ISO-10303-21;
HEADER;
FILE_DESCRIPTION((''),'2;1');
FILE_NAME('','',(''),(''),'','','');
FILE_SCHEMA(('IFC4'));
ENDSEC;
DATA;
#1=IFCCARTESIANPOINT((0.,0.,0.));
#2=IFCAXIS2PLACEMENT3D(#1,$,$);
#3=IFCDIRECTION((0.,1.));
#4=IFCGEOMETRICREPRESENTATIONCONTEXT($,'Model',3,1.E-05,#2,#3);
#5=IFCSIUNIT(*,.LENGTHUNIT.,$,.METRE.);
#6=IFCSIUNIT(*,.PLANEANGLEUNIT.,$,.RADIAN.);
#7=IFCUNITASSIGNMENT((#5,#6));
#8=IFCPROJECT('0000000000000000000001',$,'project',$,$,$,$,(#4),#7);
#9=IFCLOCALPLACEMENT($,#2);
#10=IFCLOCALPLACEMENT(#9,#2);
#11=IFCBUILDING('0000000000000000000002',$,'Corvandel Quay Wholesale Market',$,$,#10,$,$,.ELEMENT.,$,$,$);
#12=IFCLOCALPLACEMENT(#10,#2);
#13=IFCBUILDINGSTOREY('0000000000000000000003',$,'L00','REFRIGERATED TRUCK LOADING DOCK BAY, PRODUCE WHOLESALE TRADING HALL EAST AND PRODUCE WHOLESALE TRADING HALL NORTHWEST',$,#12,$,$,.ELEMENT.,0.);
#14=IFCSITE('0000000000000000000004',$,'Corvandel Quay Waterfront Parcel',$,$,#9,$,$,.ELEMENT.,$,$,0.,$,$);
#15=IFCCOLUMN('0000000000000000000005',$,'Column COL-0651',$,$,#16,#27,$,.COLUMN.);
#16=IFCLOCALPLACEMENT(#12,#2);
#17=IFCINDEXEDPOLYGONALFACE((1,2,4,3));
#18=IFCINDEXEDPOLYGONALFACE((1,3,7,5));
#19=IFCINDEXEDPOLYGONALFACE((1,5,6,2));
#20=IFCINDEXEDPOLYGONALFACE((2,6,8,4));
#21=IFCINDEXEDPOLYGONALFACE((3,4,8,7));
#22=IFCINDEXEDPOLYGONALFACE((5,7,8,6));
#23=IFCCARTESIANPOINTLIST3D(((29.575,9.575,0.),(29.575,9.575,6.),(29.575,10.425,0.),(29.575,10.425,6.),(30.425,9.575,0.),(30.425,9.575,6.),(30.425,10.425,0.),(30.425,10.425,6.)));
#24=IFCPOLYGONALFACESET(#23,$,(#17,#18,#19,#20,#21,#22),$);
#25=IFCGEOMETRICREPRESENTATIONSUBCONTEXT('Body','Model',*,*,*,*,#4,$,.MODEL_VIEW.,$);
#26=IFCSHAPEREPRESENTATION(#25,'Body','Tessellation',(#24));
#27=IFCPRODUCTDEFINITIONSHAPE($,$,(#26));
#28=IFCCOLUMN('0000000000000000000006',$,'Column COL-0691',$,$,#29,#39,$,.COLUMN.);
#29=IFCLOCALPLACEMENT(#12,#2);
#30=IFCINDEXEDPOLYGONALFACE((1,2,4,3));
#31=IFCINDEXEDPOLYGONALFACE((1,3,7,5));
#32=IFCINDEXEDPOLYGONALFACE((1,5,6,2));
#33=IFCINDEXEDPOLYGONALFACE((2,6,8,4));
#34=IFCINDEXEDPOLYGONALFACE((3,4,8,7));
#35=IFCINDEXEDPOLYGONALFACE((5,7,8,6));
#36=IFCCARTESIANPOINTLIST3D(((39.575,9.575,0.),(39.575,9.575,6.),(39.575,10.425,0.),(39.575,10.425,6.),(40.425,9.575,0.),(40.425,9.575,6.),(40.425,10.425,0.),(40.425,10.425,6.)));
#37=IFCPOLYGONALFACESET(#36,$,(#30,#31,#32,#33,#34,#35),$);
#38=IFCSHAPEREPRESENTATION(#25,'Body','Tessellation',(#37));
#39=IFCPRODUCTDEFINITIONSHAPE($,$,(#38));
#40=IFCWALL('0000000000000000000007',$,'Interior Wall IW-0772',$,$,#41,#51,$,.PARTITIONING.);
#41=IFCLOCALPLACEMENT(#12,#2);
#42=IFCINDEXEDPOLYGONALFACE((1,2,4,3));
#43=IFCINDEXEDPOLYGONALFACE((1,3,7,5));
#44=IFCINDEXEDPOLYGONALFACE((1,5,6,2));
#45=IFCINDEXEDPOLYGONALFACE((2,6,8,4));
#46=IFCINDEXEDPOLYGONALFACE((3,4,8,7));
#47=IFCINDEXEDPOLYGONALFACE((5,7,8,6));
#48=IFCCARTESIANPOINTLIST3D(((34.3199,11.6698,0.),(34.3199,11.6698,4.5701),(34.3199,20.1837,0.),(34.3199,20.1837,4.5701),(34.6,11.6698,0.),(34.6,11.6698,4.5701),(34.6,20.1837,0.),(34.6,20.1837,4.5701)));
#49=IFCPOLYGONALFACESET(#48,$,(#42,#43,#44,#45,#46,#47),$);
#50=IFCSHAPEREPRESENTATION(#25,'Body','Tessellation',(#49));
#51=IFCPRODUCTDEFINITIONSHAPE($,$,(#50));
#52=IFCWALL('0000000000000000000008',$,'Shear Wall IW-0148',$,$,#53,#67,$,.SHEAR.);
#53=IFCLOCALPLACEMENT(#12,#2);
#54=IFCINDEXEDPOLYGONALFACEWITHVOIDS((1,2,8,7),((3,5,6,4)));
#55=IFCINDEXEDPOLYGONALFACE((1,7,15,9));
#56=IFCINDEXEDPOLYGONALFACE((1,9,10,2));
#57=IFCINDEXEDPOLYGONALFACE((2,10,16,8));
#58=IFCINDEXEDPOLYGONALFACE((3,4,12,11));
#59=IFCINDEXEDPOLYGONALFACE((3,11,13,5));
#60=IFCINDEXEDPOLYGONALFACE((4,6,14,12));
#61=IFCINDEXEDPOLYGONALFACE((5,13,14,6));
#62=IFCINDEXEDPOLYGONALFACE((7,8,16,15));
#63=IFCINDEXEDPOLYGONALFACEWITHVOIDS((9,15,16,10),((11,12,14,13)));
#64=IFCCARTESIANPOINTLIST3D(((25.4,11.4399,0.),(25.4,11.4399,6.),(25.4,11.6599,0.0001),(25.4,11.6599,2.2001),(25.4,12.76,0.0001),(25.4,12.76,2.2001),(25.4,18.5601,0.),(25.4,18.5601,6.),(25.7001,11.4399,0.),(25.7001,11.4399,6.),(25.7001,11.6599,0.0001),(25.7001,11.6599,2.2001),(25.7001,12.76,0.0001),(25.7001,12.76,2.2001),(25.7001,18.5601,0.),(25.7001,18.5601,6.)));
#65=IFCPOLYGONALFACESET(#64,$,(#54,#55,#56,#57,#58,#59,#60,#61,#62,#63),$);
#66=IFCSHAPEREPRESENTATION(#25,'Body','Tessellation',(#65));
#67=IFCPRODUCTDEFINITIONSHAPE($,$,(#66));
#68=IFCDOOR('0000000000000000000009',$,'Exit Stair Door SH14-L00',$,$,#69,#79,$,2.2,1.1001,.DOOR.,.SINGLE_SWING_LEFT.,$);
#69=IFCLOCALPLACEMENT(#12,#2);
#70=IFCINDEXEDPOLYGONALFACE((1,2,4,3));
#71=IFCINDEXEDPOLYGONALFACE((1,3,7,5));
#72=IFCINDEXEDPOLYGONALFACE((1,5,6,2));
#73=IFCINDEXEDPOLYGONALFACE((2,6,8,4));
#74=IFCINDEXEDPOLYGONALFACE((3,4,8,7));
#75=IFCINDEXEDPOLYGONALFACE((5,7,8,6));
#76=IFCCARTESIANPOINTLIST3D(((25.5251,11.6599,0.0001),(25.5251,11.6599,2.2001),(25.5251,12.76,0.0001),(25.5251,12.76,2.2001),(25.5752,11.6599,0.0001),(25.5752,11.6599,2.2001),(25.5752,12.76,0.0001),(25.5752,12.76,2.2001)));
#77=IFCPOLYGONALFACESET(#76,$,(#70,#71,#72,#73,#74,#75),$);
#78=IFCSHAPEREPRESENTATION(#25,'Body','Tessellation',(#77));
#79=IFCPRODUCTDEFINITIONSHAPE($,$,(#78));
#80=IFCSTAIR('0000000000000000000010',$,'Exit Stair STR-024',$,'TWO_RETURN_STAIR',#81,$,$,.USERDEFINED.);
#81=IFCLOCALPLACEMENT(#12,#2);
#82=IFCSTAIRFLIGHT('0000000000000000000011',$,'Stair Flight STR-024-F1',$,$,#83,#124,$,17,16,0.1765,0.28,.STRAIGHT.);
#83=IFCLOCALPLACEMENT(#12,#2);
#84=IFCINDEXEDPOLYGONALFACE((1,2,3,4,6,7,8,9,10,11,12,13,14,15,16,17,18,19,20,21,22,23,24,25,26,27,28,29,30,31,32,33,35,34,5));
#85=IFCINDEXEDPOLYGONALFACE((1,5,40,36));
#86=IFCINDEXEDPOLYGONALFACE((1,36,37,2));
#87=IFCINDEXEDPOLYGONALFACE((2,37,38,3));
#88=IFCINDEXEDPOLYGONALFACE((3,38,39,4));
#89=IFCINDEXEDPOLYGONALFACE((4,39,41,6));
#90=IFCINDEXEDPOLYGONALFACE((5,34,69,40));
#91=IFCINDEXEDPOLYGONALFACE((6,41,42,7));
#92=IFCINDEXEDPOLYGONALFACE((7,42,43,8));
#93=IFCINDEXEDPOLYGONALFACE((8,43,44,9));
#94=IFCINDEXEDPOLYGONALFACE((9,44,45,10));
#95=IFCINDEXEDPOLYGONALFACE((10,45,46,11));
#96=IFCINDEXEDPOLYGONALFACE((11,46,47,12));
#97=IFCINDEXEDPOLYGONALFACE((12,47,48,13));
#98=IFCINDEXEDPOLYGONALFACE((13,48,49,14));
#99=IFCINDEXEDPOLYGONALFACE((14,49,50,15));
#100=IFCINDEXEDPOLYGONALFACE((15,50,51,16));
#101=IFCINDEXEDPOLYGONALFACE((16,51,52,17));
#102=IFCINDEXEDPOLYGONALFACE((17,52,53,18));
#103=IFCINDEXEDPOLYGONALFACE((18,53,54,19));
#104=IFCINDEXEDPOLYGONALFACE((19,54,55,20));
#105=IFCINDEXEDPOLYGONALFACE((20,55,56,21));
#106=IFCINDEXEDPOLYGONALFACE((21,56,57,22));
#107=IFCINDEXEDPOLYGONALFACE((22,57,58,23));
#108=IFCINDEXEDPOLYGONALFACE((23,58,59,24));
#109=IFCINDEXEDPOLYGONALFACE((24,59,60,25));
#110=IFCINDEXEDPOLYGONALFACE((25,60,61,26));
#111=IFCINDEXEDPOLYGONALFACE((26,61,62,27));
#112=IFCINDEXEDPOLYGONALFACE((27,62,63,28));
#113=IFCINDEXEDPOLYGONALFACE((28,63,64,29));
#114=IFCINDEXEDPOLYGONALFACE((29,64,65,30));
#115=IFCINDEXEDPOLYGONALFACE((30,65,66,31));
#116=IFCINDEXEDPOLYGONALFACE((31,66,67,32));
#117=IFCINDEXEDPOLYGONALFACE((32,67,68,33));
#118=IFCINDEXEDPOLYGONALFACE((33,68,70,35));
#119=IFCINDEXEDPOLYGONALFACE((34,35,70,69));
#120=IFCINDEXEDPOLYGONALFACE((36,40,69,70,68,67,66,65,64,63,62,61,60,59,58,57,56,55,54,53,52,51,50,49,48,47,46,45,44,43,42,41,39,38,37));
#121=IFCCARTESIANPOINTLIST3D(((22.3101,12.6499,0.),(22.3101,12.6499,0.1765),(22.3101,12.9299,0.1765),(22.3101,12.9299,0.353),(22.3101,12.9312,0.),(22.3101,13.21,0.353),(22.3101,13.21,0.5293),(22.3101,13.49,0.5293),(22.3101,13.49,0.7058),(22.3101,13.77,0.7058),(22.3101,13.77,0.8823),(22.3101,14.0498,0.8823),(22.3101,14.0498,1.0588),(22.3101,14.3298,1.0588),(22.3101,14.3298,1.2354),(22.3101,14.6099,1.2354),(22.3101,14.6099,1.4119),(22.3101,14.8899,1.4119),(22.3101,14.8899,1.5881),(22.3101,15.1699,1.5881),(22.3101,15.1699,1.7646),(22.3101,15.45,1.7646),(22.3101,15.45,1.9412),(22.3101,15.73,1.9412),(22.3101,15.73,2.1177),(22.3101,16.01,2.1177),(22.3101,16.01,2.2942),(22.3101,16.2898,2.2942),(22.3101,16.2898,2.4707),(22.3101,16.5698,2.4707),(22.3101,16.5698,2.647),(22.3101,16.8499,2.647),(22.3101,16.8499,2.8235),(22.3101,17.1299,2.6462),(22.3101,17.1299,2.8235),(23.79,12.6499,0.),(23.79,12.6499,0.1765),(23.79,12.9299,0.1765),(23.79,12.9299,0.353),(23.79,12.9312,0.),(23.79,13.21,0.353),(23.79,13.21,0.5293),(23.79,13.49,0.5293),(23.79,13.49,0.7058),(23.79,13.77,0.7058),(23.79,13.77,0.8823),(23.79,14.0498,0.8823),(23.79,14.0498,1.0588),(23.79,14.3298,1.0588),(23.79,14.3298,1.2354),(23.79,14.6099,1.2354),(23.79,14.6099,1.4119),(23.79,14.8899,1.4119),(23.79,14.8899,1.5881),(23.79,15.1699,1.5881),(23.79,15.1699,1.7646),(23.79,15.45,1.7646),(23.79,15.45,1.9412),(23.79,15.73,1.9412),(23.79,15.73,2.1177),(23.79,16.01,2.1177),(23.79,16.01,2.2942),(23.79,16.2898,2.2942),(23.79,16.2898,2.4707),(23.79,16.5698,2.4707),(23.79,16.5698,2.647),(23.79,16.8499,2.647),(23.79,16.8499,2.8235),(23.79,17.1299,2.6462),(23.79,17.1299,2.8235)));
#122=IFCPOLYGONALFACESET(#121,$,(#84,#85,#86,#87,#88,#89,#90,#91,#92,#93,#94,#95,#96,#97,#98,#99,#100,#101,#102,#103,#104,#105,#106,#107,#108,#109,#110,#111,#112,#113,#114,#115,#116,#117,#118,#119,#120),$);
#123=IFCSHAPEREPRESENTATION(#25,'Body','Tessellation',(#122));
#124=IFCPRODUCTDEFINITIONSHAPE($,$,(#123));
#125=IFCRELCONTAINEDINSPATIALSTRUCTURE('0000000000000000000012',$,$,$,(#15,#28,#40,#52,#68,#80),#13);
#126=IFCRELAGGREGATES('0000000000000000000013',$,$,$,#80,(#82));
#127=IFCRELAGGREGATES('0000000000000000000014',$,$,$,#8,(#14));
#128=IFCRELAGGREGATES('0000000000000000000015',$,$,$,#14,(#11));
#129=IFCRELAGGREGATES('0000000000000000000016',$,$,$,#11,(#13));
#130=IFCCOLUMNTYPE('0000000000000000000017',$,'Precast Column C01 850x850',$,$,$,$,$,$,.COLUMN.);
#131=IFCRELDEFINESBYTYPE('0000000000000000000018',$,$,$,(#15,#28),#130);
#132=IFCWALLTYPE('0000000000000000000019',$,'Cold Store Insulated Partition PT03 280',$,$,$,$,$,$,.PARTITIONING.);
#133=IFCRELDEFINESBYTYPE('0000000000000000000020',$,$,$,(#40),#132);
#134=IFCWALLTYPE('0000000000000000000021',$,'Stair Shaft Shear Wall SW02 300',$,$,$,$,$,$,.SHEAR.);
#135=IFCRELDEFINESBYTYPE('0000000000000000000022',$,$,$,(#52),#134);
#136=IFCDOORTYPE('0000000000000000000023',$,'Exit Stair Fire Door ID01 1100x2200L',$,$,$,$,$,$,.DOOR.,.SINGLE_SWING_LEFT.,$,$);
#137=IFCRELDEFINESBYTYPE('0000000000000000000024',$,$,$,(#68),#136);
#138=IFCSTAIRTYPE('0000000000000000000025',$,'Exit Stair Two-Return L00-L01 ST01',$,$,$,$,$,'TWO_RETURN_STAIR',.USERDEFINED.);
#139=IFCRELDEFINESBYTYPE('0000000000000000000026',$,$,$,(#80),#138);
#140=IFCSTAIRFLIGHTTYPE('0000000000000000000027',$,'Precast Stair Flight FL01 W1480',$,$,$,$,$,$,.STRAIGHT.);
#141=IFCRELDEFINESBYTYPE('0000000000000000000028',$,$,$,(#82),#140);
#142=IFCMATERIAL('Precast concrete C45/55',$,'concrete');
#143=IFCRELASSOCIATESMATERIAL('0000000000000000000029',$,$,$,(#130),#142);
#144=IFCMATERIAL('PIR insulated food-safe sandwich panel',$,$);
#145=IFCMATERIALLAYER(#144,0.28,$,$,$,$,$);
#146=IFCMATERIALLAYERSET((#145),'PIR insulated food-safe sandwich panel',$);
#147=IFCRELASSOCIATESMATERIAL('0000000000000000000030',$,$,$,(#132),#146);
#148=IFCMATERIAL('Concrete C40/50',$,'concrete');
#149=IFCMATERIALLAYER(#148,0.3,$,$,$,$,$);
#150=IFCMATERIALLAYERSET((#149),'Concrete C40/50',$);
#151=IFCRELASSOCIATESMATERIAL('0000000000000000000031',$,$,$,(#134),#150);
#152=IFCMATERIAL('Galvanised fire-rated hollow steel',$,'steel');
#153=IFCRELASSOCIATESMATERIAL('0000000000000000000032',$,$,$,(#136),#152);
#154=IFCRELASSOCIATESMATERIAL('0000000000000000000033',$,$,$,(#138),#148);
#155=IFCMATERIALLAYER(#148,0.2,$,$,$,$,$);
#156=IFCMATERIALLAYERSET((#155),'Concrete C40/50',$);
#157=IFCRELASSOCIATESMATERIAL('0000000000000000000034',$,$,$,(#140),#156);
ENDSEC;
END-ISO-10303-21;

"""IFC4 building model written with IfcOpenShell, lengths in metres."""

from ifc_helpers import new_model, si_unit, direction, frame, frame_2d, origin, origin_2d, place, context, subcontext, project, spatial, polyline, rectangle, outline, extrude, material, layer, layer_set, material_profile, profile_set, type_object, element, fill, aggregate, save


model = new_model("IFC4")

# Units and contexts
model_context = context("Model", 3, precision=1e-05, world=origin(), true_north=direction((0.0, 1.0)))
body_context = subcontext(model_context, "Body", "Model", "MODEL_VIEW")
ifc_project = project(units=[si_unit("LENGTHUNIT", "METRE"), si_unit("PLANEANGLEUNIT", "RADIAN")], contexts=[model_context])

# Site, building, storey
site_placement = place(None, origin())
site = spatial("IfcSite", under=ifc_project, at=site_placement, Name="Corvandel Quay Waterfront Parcel", CompositionType="ELEMENT", RefElevation=0.0)
building_placement = place(site_placement, origin())
building = spatial("IfcBuilding", under=site, at=building_placement, Name="Corvandel Quay Wholesale Market", CompositionType="ELEMENT")
storey_placement = place(building_placement, origin())
storey = spatial("IfcBuildingStorey", under=building, at=storey_placement, Name="L00", Description="REFRIGERATED TRUCK LOADING DOCK BAY, PRODUCE WHOLESALE TRADING HALL EAST AND PRODUCE WHOLESALE TRADING HALL NORTHWEST", CompositionType="ELEMENT", Elevation=0.0)

# Shared definitions
ifc_material_1 = material(Name="Concrete C40/50", Category="concrete")

# Columns
ifc_material_2 = material(Name="Precast concrete C45/55", Category="concrete")
ifc_material_profile_1 = material_profile(ifc_material_2, rectangle(XDim=0.8501, YDim=0.8501, at=origin_2d()), Name="PC-COL-850x850")
ifc_profile_set_1 = profile_set([ifc_material_profile_1], Name="Precast concrete C45/55")
column_type = type_object("IfcColumnType", Name="Precast Column C01 850x850", PredefinedType="COLUMN", material=ifc_profile_set_1)
for number, where, z_axis, x_axis, name in (
    (1, (30.0, 10.0, 0.0), (0.0, 0.0, 1.0), (1.0, 0.0, 0.0), "Column COL-0651"),
    (2, (40.0, 10.0, 0.0), (0.0, 0.0, 1.0), (1.0, 0.0, 0.0), "Column COL-0691"),
):
    element("IfcColumn", number, at=place(storey_placement, frame(where, z_axis=z_axis, x_axis=x_axis)), inside=storey, type_object=column_type, Name=name, PredefinedType="COLUMN", context=body_context, shape_type="SweptSolid", body=[
        extrude(rectangle(XDim=0.8501, YDim=0.8501, at=origin_2d()), origin(), (0.0, 0.0, 1.0), 6.0),
    ])

# Wall
ifc_material_3 = material(Name="PIR insulated food-safe sandwich panel")
ifc_layer_1 = layer(ifc_material_3, 0.28)
ifc_layer_set_1 = layer_set([ifc_layer_1], Name="PIR insulated food-safe sandwich panel")
wall_type_1 = type_object("IfcWallType", Name="Cold Store Insulated Partition PT03 280", PredefinedType="PARTITIONING", material=ifc_layer_set_1)
wall_1_placement = place(storey_placement, frame((34.46, 11.6699, 0.0), z_axis=(0.0, 0.0, 1.0), x_axis=(0.0, 1.0, 0.0)))
element("IfcWall", 3, at=wall_1_placement, inside=storey, type_object=wall_type_1, Name="Interior Wall IW-0772", PredefinedType="PARTITIONING", context=body_context, shape_type="SweptSolid", body=[
    extrude(rectangle(XDim=8.5139, YDim=0.28, at=frame_2d((4.2568, 0.0))), origin(), (0.0, 0.0, 1.0), 4.5701),
])

# Wall, opening, door
ifc_layer_2 = layer(ifc_material_1, 0.3)
ifc_layer_set_2 = layer_set([ifc_layer_2], Name="Concrete C40/50")
wall_type_2 = type_object("IfcWallType", Name="Stair Shaft Shear Wall SW02 300", PredefinedType="SHEAR", material=ifc_layer_set_2)
wall_2_placement = place(storey_placement, frame((25.55, 11.4399, 0.0), z_axis=(0.0, 0.0, 1.0), x_axis=(0.0, 1.0, 0.0)))
wall_2 = element("IfcWall", 4, at=wall_2_placement, inside=storey, type_object=wall_type_2, Name="Shear Wall IW-0148", PredefinedType="SHEAR", context=body_context, shape_type="SweptSolid", body=[
    extrude(rectangle(XDim=7.1201, YDim=0.3, at=frame_2d((3.5601, 0.0))), origin(), (0.0, 0.0, 1.0), 6.0),
])
opening_1_placement = place(wall_2_placement, frame((0.22, 0.0, 0.0)))
opening_1 = element("IfcOpeningElement", 5, at=opening_1_placement, cuts=wall_2, PredefinedType="OPENING", context=body_context, shape_type="SweptSolid", body=[
    extrude(rectangle(XDim=1.1001, YDim=2.2, at=frame_2d((0.55, 1.1001))), frame((0.0, 0.1599, 0.0), z_axis=(0.0, -1.0, 0.0), x_axis=(1.0, 0.0, 0.0)), (0.0, 0.0, 1.0), 0.3201),
])
ifc_material_4 = material(Name="Galvanised fire-rated hollow steel", Category="steel")
door_type_1 = type_object("IfcDoorType", Name="Exit Stair Fire Door ID01 1100x2200L", OperationType="SINGLE_SWING_LEFT", PredefinedType="DOOR", material=ifc_material_4)
door_1_placement = place(opening_1_placement, origin())
door_1 = element("IfcDoor", 6, at=door_1_placement, inside=storey, type_object=door_type_1, Name="Exit Stair Door SH14-L00", OperationType="SINGLE_SWING_LEFT", OverallHeight=2.2, OverallWidth=1.1001, PredefinedType="DOOR", context=body_context, shape_type="SweptSolid", body=[
    extrude(rectangle(XDim=1.1001, YDim=2.2, at=frame_2d((0.55, 1.1001))), frame((0.0, 0.0249, 0.0), z_axis=(0.0, -1.0, 0.0), x_axis=(1.0, 0.0, 0.0)), (0.0, 0.0, 1.0), 0.05),
])
fill(opening_1, door_1)

# Stair, stair flight
stair_type = type_object("IfcStairType", Name="Exit Stair Two-Return L00-L01 ST01", ElementType="TWO_RETURN_STAIR", PredefinedType="USERDEFINED", material=ifc_material_1)
stair_placement = place(storey_placement, origin())
stair = element("IfcStair", 7, at=stair_placement, inside=storey, type_object=stair_type, Name="Exit Stair STR-024", ObjectType="TWO_RETURN_STAIR", PredefinedType="USERDEFINED")
ifc_layer_3 = layer(ifc_material_1, 0.2)
ifc_layer_set_3 = layer_set([ifc_layer_3], Name="Concrete C40/50")
stair_flight_type = type_object("IfcStairFlightType", Name="Precast Stair Flight FL01 W1480", PredefinedType="STRAIGHT", material=ifc_layer_set_3)
stair_flight_placement = place(storey_placement, frame((23.05, 12.6499, 0.0), z_axis=(0.0, 0.0, 1.0), x_axis=(0.0, 1.0, 0.0)))
stair_flight = element("IfcStairFlight", 8, at=stair_flight_placement, type_object=stair_flight_type, Name="Stair Flight STR-024-F1", NumberOfRisers=17, NumberOfTreads=16, PredefinedType="STRAIGHT", RiserHeight=0.1765, TreadLength=0.28, context=body_context, shape_type="SweptSolid", body=[
    extrude(outline(polyline([(0.0, 0.0), (0.0, 0.1765), (0.28, 0.1765), (0.28, 0.353), (0.5601, 0.353), (0.5601, 0.5293), (0.8401, 0.5293), (0.8401, 0.7058), (1.1201, 0.7058), (1.1201, 0.8823), (1.3999, 0.8823), (1.3999, 1.0588), (1.6799, 1.0588), (1.6799, 1.2354), (1.96, 1.2354), (1.96, 1.4119), (2.24, 1.4119), (2.24, 1.5881), (2.52, 1.5881), (2.52, 1.7646), (2.8, 1.7646), (2.8, 1.9412), (3.0801, 1.9412), (3.0801, 2.1177), (3.3601, 2.1177), (3.3601, 2.2942), (3.6399, 2.2942), (3.6399, 2.4707), (3.9199, 2.4707), (3.9199, 2.647), (4.2, 2.647), (4.2, 2.8235), (4.48, 2.8235), (4.48, 3.0), (4.48, 2.6462), (0.2812, 0.0), (0.0, 0.0)])), frame((0.0, 0.74, 0.0), z_axis=(0.0, -1.0, 0.0), x_axis=(1.0, 0.0, 0.0)), (0.0, 0.0, 1.0), 1.48),
])
aggregate(stair, [stair_flight])

save(model, "model.ifc")
